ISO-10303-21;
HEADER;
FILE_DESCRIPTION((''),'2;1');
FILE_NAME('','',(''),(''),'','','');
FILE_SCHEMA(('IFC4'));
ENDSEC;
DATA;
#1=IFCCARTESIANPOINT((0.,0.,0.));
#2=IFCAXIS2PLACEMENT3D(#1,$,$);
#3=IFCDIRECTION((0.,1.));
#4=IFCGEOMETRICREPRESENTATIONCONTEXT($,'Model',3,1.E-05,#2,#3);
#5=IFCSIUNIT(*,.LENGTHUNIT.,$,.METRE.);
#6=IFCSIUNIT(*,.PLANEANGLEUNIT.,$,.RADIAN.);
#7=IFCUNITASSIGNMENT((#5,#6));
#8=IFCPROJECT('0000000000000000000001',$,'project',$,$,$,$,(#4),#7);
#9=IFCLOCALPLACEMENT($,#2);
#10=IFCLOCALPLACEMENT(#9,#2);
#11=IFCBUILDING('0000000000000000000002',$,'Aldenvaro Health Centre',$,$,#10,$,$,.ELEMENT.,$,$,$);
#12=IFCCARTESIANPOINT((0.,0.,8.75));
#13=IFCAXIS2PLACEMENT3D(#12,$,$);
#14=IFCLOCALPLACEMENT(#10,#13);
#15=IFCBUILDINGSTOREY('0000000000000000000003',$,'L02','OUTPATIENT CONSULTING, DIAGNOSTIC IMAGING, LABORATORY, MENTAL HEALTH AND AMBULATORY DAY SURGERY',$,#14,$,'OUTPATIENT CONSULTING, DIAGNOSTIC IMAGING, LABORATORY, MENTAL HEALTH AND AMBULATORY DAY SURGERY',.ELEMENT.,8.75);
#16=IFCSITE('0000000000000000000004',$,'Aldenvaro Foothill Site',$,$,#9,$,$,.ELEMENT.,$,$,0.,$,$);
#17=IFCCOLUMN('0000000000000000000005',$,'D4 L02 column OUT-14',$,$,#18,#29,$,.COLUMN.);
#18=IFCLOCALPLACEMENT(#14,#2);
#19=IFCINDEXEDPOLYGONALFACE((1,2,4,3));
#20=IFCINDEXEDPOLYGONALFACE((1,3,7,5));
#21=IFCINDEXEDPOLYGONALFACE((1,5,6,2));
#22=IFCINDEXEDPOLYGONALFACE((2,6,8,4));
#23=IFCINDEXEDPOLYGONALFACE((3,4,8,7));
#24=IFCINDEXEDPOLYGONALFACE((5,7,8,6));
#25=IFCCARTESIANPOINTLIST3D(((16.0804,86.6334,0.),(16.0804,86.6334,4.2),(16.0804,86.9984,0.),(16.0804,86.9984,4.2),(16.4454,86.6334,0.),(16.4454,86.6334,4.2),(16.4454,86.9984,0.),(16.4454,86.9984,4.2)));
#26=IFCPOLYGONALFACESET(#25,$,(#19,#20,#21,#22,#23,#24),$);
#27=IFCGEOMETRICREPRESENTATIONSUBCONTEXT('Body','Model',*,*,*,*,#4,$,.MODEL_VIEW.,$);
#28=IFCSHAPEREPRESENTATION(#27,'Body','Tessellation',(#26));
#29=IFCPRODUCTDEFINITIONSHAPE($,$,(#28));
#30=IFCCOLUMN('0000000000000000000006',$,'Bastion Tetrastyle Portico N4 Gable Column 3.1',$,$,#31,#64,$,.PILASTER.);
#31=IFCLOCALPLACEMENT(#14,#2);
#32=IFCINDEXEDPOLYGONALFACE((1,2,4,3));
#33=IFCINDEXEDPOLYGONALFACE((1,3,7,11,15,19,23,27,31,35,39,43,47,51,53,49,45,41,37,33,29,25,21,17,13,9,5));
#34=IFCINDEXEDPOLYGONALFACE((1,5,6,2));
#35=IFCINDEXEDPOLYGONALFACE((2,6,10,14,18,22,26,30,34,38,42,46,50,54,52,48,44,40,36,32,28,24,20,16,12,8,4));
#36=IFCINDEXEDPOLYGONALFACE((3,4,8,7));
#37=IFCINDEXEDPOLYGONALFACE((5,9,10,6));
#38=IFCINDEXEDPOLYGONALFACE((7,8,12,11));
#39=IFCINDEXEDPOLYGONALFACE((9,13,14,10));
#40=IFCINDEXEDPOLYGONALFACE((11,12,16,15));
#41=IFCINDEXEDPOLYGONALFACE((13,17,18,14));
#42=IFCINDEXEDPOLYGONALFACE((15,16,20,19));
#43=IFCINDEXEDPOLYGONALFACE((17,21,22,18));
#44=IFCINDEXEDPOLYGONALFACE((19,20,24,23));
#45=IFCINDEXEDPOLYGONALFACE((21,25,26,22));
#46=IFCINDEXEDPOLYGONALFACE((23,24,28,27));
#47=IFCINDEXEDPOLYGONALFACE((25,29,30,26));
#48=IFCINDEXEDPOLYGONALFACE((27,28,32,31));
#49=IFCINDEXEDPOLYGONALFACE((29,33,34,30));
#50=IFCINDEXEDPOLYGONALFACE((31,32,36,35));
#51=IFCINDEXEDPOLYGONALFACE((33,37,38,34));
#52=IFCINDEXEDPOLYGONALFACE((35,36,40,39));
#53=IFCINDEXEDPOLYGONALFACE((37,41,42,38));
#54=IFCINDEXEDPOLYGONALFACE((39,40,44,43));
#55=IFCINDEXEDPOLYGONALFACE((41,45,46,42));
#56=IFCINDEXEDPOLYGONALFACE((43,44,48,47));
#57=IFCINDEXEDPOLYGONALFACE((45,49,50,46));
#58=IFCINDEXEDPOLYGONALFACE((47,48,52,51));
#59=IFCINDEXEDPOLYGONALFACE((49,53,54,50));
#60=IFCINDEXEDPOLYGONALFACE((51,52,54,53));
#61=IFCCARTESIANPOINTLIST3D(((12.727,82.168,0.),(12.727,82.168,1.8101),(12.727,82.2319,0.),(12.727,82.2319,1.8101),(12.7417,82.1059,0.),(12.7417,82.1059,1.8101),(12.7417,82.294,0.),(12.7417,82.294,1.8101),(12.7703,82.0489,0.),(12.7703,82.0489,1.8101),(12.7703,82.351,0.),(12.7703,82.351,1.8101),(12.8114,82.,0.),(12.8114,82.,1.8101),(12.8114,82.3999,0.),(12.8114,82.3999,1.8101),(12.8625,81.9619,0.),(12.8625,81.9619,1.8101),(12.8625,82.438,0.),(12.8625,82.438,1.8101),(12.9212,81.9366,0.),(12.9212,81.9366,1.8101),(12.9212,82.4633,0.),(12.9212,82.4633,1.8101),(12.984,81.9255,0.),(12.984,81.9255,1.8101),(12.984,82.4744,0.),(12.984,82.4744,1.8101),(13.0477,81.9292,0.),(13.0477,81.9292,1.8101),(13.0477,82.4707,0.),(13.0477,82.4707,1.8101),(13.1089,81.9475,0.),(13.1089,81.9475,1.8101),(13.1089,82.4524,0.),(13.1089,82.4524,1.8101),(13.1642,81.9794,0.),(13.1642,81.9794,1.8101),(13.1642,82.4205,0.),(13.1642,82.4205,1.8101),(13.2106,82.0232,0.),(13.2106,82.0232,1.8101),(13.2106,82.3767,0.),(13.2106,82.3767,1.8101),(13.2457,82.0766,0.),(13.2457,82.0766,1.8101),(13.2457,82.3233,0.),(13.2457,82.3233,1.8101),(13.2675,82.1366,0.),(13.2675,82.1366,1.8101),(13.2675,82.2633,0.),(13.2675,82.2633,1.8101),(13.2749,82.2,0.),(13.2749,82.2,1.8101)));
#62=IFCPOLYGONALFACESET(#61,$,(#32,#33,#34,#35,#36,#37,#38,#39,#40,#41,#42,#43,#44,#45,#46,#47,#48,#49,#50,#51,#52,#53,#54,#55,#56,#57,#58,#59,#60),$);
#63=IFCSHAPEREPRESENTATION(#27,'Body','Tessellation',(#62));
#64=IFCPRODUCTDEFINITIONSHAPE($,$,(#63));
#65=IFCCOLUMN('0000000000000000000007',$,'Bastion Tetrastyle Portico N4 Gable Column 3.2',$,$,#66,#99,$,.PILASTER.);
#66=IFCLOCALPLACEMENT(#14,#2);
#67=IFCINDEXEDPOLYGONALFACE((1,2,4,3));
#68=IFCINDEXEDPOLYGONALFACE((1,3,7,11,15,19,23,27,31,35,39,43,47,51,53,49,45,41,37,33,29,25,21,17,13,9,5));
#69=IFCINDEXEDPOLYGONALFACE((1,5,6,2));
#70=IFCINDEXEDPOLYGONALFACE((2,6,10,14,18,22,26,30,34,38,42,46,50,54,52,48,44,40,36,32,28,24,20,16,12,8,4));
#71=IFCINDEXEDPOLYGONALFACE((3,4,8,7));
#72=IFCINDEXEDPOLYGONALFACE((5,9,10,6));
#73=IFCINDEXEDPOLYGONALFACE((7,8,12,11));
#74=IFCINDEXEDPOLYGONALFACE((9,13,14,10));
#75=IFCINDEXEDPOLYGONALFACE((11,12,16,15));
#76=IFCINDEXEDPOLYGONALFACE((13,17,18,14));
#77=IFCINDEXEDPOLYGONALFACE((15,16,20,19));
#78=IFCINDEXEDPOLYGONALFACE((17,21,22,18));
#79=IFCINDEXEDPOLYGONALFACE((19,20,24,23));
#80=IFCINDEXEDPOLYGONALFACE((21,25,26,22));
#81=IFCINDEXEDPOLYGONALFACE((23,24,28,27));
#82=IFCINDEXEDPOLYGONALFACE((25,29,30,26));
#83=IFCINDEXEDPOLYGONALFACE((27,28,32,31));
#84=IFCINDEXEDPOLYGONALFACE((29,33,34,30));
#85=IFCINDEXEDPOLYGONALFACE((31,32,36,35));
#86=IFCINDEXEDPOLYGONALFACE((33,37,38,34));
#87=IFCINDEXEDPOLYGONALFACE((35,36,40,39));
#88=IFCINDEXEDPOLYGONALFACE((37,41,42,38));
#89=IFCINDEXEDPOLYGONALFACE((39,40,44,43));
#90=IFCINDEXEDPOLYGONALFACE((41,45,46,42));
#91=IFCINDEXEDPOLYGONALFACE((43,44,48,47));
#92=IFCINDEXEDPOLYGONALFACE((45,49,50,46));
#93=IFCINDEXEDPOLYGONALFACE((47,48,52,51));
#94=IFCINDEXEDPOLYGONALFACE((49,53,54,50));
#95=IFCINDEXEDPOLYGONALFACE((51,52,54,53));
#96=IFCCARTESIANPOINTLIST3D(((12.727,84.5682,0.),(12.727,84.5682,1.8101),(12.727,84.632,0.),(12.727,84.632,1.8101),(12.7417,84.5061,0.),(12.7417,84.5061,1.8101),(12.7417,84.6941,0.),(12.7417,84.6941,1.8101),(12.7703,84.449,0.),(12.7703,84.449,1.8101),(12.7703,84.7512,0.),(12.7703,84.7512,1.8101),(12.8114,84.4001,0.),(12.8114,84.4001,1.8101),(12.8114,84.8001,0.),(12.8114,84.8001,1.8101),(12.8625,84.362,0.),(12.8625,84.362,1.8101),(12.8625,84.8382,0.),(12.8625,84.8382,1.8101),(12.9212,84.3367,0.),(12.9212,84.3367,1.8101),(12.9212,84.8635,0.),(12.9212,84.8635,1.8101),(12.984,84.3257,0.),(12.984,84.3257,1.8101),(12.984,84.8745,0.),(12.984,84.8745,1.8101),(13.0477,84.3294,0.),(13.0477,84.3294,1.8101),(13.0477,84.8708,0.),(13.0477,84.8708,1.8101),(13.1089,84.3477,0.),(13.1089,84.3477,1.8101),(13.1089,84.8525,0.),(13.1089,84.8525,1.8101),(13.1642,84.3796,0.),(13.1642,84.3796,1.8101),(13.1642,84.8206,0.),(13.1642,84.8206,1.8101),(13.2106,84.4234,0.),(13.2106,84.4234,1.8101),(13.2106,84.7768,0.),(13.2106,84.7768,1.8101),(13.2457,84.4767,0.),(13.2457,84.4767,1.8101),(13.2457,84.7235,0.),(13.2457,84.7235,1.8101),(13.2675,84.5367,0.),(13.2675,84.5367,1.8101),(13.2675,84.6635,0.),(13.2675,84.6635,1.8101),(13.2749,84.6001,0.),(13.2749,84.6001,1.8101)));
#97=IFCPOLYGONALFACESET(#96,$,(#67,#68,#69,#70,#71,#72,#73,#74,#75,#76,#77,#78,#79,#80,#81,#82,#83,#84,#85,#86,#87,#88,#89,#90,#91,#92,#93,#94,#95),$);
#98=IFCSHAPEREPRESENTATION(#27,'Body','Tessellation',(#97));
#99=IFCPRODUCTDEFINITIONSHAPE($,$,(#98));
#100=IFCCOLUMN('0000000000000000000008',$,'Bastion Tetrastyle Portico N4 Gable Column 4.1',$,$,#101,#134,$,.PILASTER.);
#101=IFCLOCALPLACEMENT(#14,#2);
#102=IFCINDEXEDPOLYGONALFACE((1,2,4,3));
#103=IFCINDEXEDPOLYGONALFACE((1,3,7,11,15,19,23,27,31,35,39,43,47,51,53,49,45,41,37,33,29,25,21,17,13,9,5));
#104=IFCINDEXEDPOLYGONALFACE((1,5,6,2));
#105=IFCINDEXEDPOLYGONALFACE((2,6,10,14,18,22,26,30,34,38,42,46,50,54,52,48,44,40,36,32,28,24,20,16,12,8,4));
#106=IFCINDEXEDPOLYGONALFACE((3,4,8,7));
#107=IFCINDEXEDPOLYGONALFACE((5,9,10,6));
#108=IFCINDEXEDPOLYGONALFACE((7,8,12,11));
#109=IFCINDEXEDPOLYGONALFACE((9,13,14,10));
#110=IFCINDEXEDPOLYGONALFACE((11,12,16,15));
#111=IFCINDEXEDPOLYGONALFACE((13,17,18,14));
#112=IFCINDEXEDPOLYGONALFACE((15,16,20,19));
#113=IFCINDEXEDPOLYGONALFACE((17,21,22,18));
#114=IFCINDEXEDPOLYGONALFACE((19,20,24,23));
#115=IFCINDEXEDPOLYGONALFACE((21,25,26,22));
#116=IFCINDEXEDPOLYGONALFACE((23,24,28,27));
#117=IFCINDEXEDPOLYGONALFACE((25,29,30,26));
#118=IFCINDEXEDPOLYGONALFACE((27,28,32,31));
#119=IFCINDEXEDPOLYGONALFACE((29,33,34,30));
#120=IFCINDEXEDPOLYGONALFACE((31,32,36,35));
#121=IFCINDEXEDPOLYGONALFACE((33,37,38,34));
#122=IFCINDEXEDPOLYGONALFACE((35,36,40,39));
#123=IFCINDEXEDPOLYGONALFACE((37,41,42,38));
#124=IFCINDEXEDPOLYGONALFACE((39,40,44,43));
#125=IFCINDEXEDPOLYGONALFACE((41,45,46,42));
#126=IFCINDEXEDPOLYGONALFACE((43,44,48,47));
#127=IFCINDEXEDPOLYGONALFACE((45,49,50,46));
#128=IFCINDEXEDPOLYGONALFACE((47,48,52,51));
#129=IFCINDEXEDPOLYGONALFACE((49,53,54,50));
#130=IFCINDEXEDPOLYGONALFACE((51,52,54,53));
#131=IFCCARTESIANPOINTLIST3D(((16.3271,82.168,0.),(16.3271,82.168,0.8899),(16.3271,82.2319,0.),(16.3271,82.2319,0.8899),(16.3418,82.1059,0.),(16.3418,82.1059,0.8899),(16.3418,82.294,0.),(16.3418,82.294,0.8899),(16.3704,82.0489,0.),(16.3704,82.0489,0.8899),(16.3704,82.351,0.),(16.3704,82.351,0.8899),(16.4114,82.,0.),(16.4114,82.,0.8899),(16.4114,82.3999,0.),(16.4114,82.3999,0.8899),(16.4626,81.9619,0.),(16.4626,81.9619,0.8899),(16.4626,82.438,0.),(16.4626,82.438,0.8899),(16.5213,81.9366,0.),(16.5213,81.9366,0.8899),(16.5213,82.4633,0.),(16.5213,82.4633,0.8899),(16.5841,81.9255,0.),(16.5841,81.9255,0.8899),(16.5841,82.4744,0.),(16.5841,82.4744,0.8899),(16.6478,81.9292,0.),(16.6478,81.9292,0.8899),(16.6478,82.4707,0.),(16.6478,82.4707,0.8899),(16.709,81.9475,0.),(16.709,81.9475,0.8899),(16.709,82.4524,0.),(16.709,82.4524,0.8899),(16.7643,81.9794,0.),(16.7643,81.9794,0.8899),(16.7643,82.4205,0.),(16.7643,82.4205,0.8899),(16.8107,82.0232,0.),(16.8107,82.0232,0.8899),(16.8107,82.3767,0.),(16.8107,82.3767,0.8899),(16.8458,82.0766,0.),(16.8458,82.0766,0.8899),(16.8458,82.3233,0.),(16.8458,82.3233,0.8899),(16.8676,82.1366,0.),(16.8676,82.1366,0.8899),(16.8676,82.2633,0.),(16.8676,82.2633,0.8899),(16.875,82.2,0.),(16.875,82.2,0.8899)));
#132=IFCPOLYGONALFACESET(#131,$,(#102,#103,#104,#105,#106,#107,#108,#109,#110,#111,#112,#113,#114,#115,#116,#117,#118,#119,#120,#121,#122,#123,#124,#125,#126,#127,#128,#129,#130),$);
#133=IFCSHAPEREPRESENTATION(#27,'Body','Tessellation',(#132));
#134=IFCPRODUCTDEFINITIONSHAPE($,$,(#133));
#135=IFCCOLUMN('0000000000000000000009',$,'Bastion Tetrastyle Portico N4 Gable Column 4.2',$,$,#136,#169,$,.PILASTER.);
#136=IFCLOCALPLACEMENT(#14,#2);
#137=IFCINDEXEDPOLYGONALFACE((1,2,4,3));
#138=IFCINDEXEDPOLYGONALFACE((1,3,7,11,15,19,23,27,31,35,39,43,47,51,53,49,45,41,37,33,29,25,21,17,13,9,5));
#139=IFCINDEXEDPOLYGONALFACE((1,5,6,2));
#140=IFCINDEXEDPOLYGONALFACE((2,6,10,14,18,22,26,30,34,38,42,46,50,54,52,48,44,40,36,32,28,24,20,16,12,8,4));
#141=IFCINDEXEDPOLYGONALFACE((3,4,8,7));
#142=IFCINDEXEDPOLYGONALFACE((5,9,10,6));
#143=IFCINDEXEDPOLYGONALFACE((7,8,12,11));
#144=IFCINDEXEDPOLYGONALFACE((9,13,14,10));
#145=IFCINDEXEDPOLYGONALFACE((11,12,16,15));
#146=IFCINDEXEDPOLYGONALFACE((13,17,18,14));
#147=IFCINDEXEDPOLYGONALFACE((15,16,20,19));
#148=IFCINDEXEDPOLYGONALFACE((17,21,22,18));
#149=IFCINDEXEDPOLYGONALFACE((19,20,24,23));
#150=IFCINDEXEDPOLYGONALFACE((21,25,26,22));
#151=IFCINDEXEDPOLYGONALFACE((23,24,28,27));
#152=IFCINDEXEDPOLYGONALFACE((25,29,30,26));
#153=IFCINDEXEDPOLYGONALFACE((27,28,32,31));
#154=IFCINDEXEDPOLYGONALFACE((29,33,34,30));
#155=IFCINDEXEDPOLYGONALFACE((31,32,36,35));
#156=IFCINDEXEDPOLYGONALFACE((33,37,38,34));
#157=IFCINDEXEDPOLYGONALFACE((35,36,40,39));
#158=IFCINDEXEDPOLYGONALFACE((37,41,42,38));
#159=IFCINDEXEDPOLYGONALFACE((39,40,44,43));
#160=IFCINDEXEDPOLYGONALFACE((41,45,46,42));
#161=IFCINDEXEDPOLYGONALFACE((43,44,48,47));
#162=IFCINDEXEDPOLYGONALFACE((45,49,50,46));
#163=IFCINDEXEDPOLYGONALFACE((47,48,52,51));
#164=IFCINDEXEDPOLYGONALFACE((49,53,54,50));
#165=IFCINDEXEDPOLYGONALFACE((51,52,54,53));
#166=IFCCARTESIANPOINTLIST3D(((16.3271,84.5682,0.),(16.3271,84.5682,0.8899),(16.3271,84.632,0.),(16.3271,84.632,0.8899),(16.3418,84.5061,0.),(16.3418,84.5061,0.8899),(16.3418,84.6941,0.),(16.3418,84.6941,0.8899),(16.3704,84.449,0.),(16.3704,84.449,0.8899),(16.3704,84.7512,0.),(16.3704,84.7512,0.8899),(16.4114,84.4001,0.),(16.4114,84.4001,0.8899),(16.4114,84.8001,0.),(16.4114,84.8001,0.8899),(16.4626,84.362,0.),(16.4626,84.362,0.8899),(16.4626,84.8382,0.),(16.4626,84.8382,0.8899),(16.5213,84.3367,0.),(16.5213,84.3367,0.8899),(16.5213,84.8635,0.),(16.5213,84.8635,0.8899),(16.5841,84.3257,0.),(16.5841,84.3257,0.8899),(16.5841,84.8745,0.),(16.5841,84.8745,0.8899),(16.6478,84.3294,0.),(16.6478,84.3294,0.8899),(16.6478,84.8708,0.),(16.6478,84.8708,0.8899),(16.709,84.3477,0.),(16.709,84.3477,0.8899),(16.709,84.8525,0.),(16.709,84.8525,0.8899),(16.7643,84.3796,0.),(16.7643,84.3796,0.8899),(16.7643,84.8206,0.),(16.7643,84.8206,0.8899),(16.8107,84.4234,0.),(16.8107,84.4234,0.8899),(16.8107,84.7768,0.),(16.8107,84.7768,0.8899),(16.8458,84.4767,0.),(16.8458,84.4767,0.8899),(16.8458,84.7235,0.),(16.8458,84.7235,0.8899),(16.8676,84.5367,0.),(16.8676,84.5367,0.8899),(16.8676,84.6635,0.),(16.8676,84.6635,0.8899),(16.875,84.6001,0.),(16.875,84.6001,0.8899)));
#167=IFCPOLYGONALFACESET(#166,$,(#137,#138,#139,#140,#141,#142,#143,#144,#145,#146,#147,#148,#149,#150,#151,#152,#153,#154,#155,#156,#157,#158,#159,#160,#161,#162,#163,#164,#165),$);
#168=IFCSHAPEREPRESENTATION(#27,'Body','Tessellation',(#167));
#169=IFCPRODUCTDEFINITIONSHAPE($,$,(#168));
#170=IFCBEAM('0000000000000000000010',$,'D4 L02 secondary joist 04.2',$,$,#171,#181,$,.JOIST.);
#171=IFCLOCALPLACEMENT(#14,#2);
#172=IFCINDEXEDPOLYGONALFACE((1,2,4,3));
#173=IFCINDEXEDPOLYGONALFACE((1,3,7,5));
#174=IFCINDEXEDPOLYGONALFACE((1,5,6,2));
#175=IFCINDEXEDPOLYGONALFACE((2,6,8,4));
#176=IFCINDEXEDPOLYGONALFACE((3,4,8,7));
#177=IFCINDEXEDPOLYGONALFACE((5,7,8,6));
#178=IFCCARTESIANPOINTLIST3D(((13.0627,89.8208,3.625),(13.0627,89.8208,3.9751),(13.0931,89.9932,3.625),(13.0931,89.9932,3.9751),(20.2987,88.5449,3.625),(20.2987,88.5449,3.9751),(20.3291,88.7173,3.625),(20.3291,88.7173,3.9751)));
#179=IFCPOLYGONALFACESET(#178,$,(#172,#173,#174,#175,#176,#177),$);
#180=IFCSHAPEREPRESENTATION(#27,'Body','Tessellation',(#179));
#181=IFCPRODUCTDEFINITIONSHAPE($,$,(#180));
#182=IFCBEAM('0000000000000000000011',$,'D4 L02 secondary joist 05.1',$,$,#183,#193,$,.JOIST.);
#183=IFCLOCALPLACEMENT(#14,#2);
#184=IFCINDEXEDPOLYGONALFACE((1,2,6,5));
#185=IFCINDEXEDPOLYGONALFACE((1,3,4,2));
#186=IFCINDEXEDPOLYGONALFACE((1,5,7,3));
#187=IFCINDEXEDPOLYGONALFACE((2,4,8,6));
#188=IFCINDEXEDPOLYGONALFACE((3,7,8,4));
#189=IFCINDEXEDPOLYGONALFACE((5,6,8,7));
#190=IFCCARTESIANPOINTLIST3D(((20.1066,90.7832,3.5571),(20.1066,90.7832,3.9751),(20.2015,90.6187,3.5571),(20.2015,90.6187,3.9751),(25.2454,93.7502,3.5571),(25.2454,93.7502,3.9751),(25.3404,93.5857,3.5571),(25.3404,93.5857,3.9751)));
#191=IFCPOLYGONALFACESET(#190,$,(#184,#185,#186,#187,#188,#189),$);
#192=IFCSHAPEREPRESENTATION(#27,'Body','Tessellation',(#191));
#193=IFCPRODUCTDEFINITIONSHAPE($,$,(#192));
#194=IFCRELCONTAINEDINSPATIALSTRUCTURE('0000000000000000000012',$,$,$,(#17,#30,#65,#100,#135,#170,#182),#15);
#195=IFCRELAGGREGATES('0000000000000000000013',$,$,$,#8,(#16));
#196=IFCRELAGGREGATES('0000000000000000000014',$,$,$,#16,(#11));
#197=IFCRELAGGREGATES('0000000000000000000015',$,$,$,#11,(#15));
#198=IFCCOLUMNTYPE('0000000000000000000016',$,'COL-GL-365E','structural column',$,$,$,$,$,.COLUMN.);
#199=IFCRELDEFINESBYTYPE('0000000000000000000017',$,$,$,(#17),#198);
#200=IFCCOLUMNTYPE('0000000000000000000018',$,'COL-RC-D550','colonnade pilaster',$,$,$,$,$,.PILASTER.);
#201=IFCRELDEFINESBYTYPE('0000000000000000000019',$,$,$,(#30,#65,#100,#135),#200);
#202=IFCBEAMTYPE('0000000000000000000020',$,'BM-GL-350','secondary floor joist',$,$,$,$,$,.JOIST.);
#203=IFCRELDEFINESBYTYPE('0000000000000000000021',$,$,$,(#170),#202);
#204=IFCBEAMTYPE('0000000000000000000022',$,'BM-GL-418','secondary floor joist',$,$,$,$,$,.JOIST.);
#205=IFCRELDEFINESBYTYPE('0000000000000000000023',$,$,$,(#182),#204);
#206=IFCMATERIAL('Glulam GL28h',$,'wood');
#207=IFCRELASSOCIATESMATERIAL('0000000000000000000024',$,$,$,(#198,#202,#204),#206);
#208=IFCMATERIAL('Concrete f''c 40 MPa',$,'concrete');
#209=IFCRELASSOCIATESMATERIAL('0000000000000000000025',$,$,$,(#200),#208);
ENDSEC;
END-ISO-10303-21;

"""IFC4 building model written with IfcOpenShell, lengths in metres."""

from ifc_helpers import new_model, si_unit, direction, frame, origin, origin_2d, place, context, subcontext, project, spatial, rectangle, circle, extrude, material, material_profile, profile_set, type_object, element, save


model = new_model("IFC4")

# Units and contexts
model_context = context("Model", 3, precision=1e-05, world=origin(), true_north=direction((0.0, 1.0)))
body_context = subcontext(model_context, "Body", "Model", "MODEL_VIEW")
ifc_project = project(units=[si_unit("LENGTHUNIT", "METRE"), si_unit("PLANEANGLEUNIT", "RADIAN")], contexts=[model_context])

# Site, building, storey
site_placement = place(None, origin())
site = spatial("IfcSite", under=ifc_project, at=site_placement, Name="Aldenvaro Foothill Site", CompositionType="ELEMENT", RefElevation=0.0)
building_placement = place(site_placement, origin())
building = spatial("IfcBuilding", under=site, at=building_placement, Name="Aldenvaro Health Centre", CompositionType="ELEMENT")
storey_placement = place(building_placement, frame((0.0, 0.0, 8.75)))
storey = spatial("IfcBuildingStorey", under=building, at=storey_placement, Name="L02", Description="OUTPATIENT CONSULTING, DIAGNOSTIC IMAGING, LABORATORY, MENTAL HEALTH AND AMBULATORY DAY SURGERY", LongName="OUTPATIENT CONSULTING, DIAGNOSTIC IMAGING, LABORATORY, MENTAL HEALTH AND AMBULATORY DAY SURGERY", CompositionType="ELEMENT", Elevation=8.75)

# Columns
ifc_material_1 = material(Name="Glulam GL28h", Category="wood")
ifc_material_profile_1 = material_profile(ifc_material_1, rectangle(XDim=0.365, YDim=0.365, at=origin_2d()), Name="GL 365x365", Category="wood")
ifc_profile_set_1 = profile_set([ifc_material_profile_1], Name="Glulam GL28h")
column_type_1 = type_object("IfcColumnType", Name="COL-GL-365E", Description="structural column", PredefinedType="COLUMN", material=ifc_profile_set_1)
column_placement = place(storey_placement, frame((16.2629, 86.8159, 0.0), z_axis=(0.0, 0.0, 1.0), x_axis=(1.0, 0.0, 0.0)))
element("IfcColumn", 1, at=column_placement, inside=storey, type_object=column_type_1, Name="D4 L02 column OUT-14", PredefinedType="COLUMN", context=body_context, shape_type="SweptSolid", body=[
    extrude(rectangle(XDim=0.365, YDim=0.365, at=origin_2d()), origin(), (0.0, 0.0, 1.0), 4.2),
])
ifc_material_2 = material(Name="Concrete f'c 40 MPa", Category="concrete")
ifc_material_profile_2 = material_profile(ifc_material_2, circle(Radius=0.2749, at=origin_2d()), Name="RC D550", Category="concrete")
ifc_profile_set_2 = profile_set([ifc_material_profile_2], Name="Concrete f'c 40 MPa")
column_type_2 = type_object("IfcColumnType", Name="COL-RC-D550", Description="colonnade pilaster", PredefinedType="PILASTER", material=ifc_profile_set_2)
for number, where, z_axis, x_axis, name in (
    (2, (13.0, 82.2, 0.0), (0.0, 0.0, 1.0), (1.0, 0.0, 0.0), "Bastion Tetrastyle Portico N4 Gable Column 3.1"),
    (3, (13.0, 84.6001, 0.0), (0.0, 0.0, 1.0), (1.0, 0.0, 0.0), "Bastion Tetrastyle Portico N4 Gable Column 3.2"),
):
    element("IfcColumn", number, at=place(storey_placement, frame(where, z_axis=z_axis, x_axis=x_axis)), inside=storey, type_object=column_type_2, Name=name, PredefinedType="PILASTER", context=body_context, shape_type="SweptSolid", body=[
        extrude(circle(Radius=0.2749, at=origin_2d()), origin(), (0.0, 0.0, 1.0), 1.8101),
    ])
for number, where, z_axis, x_axis, name in (
    (4, (16.6001, 82.2, 0.0), (0.0, 0.0, 1.0), (1.0, 0.0, 0.0), "Bastion Tetrastyle Portico N4 Gable Column 4.1"),
    (5, (16.6001, 84.6001, 0.0), (0.0, 0.0, 1.0), (1.0, 0.0, 0.0), "Bastion Tetrastyle Portico N4 Gable Column 4.2"),
):
    element("IfcColumn", number, at=place(storey_placement, frame(where, z_axis=z_axis, x_axis=x_axis)), inside=storey, type_object=column_type_2, Name=name, PredefinedType="PILASTER", context=body_context, shape_type="SweptSolid", body=[
        extrude(circle(Radius=0.2749, at=origin_2d()), origin(), (0.0, 0.0, 1.0), 0.8899),
    ])

# Beams
ifc_material_profile_3 = material_profile(ifc_material_1, rectangle(XDim=0.175, YDim=0.3501, at=origin_2d()), Name="GL 175x350", Category="wood")
ifc_profile_set_3 = profile_set([ifc_material_profile_3], Name="Glulam GL28h")
beam_type_1 = type_object("IfcBeamType", Name="BM-GL-350", Description="secondary floor joist", PredefinedType="JOIST", material=ifc_profile_set_3)
beam_1_placement = place(storey_placement, frame((13.0779, 89.907, 3.8), z_axis=(0.984809, -0.173643, 0.0), x_axis=(0.173643, 0.984809, 0.0)))
element("IfcBeam", 6, at=beam_1_placement, inside=storey, type_object=beam_type_1, Name="D4 L02 secondary joist 04.2", PredefinedType="JOIST", context=body_context, shape_type="SweptSolid", body=[
    extrude(rectangle(XDim=0.175, YDim=0.3501, at=origin_2d()), origin(), (0.0, 0.0, 1.0), 7.3477),
])
ifc_material_profile_4 = material_profile(ifc_material_1, rectangle(XDim=0.1899, YDim=0.418, at=origin_2d()), Name="GL 190x418", Category="wood")
ifc_profile_set_4 = profile_set([ifc_material_profile_4], Name="Glulam GL28h")
beam_type_2 = type_object("IfcBeamType", Name="BM-GL-418", Description="secondary floor joist", PredefinedType="JOIST", material=ifc_profile_set_4)
beam_2_placement = place(storey_placement, frame((20.1541, 90.7009, 3.7661), z_axis=(0.866019, 0.500011, 0.0), x_axis=(-0.500011, 0.866019, 0.0)))
element("IfcBeam", 7, at=beam_2_placement, inside=storey, type_object=beam_type_2, Name="D4 L02 secondary joist 05.1", PredefinedType="JOIST", context=body_context, shape_type="SweptSolid", body=[
    extrude(rectangle(XDim=0.1899, YDim=0.418, at=origin_2d()), origin(), (0.0, 0.0, 1.0), 5.9338),
])

save(model, "model.ifc")
